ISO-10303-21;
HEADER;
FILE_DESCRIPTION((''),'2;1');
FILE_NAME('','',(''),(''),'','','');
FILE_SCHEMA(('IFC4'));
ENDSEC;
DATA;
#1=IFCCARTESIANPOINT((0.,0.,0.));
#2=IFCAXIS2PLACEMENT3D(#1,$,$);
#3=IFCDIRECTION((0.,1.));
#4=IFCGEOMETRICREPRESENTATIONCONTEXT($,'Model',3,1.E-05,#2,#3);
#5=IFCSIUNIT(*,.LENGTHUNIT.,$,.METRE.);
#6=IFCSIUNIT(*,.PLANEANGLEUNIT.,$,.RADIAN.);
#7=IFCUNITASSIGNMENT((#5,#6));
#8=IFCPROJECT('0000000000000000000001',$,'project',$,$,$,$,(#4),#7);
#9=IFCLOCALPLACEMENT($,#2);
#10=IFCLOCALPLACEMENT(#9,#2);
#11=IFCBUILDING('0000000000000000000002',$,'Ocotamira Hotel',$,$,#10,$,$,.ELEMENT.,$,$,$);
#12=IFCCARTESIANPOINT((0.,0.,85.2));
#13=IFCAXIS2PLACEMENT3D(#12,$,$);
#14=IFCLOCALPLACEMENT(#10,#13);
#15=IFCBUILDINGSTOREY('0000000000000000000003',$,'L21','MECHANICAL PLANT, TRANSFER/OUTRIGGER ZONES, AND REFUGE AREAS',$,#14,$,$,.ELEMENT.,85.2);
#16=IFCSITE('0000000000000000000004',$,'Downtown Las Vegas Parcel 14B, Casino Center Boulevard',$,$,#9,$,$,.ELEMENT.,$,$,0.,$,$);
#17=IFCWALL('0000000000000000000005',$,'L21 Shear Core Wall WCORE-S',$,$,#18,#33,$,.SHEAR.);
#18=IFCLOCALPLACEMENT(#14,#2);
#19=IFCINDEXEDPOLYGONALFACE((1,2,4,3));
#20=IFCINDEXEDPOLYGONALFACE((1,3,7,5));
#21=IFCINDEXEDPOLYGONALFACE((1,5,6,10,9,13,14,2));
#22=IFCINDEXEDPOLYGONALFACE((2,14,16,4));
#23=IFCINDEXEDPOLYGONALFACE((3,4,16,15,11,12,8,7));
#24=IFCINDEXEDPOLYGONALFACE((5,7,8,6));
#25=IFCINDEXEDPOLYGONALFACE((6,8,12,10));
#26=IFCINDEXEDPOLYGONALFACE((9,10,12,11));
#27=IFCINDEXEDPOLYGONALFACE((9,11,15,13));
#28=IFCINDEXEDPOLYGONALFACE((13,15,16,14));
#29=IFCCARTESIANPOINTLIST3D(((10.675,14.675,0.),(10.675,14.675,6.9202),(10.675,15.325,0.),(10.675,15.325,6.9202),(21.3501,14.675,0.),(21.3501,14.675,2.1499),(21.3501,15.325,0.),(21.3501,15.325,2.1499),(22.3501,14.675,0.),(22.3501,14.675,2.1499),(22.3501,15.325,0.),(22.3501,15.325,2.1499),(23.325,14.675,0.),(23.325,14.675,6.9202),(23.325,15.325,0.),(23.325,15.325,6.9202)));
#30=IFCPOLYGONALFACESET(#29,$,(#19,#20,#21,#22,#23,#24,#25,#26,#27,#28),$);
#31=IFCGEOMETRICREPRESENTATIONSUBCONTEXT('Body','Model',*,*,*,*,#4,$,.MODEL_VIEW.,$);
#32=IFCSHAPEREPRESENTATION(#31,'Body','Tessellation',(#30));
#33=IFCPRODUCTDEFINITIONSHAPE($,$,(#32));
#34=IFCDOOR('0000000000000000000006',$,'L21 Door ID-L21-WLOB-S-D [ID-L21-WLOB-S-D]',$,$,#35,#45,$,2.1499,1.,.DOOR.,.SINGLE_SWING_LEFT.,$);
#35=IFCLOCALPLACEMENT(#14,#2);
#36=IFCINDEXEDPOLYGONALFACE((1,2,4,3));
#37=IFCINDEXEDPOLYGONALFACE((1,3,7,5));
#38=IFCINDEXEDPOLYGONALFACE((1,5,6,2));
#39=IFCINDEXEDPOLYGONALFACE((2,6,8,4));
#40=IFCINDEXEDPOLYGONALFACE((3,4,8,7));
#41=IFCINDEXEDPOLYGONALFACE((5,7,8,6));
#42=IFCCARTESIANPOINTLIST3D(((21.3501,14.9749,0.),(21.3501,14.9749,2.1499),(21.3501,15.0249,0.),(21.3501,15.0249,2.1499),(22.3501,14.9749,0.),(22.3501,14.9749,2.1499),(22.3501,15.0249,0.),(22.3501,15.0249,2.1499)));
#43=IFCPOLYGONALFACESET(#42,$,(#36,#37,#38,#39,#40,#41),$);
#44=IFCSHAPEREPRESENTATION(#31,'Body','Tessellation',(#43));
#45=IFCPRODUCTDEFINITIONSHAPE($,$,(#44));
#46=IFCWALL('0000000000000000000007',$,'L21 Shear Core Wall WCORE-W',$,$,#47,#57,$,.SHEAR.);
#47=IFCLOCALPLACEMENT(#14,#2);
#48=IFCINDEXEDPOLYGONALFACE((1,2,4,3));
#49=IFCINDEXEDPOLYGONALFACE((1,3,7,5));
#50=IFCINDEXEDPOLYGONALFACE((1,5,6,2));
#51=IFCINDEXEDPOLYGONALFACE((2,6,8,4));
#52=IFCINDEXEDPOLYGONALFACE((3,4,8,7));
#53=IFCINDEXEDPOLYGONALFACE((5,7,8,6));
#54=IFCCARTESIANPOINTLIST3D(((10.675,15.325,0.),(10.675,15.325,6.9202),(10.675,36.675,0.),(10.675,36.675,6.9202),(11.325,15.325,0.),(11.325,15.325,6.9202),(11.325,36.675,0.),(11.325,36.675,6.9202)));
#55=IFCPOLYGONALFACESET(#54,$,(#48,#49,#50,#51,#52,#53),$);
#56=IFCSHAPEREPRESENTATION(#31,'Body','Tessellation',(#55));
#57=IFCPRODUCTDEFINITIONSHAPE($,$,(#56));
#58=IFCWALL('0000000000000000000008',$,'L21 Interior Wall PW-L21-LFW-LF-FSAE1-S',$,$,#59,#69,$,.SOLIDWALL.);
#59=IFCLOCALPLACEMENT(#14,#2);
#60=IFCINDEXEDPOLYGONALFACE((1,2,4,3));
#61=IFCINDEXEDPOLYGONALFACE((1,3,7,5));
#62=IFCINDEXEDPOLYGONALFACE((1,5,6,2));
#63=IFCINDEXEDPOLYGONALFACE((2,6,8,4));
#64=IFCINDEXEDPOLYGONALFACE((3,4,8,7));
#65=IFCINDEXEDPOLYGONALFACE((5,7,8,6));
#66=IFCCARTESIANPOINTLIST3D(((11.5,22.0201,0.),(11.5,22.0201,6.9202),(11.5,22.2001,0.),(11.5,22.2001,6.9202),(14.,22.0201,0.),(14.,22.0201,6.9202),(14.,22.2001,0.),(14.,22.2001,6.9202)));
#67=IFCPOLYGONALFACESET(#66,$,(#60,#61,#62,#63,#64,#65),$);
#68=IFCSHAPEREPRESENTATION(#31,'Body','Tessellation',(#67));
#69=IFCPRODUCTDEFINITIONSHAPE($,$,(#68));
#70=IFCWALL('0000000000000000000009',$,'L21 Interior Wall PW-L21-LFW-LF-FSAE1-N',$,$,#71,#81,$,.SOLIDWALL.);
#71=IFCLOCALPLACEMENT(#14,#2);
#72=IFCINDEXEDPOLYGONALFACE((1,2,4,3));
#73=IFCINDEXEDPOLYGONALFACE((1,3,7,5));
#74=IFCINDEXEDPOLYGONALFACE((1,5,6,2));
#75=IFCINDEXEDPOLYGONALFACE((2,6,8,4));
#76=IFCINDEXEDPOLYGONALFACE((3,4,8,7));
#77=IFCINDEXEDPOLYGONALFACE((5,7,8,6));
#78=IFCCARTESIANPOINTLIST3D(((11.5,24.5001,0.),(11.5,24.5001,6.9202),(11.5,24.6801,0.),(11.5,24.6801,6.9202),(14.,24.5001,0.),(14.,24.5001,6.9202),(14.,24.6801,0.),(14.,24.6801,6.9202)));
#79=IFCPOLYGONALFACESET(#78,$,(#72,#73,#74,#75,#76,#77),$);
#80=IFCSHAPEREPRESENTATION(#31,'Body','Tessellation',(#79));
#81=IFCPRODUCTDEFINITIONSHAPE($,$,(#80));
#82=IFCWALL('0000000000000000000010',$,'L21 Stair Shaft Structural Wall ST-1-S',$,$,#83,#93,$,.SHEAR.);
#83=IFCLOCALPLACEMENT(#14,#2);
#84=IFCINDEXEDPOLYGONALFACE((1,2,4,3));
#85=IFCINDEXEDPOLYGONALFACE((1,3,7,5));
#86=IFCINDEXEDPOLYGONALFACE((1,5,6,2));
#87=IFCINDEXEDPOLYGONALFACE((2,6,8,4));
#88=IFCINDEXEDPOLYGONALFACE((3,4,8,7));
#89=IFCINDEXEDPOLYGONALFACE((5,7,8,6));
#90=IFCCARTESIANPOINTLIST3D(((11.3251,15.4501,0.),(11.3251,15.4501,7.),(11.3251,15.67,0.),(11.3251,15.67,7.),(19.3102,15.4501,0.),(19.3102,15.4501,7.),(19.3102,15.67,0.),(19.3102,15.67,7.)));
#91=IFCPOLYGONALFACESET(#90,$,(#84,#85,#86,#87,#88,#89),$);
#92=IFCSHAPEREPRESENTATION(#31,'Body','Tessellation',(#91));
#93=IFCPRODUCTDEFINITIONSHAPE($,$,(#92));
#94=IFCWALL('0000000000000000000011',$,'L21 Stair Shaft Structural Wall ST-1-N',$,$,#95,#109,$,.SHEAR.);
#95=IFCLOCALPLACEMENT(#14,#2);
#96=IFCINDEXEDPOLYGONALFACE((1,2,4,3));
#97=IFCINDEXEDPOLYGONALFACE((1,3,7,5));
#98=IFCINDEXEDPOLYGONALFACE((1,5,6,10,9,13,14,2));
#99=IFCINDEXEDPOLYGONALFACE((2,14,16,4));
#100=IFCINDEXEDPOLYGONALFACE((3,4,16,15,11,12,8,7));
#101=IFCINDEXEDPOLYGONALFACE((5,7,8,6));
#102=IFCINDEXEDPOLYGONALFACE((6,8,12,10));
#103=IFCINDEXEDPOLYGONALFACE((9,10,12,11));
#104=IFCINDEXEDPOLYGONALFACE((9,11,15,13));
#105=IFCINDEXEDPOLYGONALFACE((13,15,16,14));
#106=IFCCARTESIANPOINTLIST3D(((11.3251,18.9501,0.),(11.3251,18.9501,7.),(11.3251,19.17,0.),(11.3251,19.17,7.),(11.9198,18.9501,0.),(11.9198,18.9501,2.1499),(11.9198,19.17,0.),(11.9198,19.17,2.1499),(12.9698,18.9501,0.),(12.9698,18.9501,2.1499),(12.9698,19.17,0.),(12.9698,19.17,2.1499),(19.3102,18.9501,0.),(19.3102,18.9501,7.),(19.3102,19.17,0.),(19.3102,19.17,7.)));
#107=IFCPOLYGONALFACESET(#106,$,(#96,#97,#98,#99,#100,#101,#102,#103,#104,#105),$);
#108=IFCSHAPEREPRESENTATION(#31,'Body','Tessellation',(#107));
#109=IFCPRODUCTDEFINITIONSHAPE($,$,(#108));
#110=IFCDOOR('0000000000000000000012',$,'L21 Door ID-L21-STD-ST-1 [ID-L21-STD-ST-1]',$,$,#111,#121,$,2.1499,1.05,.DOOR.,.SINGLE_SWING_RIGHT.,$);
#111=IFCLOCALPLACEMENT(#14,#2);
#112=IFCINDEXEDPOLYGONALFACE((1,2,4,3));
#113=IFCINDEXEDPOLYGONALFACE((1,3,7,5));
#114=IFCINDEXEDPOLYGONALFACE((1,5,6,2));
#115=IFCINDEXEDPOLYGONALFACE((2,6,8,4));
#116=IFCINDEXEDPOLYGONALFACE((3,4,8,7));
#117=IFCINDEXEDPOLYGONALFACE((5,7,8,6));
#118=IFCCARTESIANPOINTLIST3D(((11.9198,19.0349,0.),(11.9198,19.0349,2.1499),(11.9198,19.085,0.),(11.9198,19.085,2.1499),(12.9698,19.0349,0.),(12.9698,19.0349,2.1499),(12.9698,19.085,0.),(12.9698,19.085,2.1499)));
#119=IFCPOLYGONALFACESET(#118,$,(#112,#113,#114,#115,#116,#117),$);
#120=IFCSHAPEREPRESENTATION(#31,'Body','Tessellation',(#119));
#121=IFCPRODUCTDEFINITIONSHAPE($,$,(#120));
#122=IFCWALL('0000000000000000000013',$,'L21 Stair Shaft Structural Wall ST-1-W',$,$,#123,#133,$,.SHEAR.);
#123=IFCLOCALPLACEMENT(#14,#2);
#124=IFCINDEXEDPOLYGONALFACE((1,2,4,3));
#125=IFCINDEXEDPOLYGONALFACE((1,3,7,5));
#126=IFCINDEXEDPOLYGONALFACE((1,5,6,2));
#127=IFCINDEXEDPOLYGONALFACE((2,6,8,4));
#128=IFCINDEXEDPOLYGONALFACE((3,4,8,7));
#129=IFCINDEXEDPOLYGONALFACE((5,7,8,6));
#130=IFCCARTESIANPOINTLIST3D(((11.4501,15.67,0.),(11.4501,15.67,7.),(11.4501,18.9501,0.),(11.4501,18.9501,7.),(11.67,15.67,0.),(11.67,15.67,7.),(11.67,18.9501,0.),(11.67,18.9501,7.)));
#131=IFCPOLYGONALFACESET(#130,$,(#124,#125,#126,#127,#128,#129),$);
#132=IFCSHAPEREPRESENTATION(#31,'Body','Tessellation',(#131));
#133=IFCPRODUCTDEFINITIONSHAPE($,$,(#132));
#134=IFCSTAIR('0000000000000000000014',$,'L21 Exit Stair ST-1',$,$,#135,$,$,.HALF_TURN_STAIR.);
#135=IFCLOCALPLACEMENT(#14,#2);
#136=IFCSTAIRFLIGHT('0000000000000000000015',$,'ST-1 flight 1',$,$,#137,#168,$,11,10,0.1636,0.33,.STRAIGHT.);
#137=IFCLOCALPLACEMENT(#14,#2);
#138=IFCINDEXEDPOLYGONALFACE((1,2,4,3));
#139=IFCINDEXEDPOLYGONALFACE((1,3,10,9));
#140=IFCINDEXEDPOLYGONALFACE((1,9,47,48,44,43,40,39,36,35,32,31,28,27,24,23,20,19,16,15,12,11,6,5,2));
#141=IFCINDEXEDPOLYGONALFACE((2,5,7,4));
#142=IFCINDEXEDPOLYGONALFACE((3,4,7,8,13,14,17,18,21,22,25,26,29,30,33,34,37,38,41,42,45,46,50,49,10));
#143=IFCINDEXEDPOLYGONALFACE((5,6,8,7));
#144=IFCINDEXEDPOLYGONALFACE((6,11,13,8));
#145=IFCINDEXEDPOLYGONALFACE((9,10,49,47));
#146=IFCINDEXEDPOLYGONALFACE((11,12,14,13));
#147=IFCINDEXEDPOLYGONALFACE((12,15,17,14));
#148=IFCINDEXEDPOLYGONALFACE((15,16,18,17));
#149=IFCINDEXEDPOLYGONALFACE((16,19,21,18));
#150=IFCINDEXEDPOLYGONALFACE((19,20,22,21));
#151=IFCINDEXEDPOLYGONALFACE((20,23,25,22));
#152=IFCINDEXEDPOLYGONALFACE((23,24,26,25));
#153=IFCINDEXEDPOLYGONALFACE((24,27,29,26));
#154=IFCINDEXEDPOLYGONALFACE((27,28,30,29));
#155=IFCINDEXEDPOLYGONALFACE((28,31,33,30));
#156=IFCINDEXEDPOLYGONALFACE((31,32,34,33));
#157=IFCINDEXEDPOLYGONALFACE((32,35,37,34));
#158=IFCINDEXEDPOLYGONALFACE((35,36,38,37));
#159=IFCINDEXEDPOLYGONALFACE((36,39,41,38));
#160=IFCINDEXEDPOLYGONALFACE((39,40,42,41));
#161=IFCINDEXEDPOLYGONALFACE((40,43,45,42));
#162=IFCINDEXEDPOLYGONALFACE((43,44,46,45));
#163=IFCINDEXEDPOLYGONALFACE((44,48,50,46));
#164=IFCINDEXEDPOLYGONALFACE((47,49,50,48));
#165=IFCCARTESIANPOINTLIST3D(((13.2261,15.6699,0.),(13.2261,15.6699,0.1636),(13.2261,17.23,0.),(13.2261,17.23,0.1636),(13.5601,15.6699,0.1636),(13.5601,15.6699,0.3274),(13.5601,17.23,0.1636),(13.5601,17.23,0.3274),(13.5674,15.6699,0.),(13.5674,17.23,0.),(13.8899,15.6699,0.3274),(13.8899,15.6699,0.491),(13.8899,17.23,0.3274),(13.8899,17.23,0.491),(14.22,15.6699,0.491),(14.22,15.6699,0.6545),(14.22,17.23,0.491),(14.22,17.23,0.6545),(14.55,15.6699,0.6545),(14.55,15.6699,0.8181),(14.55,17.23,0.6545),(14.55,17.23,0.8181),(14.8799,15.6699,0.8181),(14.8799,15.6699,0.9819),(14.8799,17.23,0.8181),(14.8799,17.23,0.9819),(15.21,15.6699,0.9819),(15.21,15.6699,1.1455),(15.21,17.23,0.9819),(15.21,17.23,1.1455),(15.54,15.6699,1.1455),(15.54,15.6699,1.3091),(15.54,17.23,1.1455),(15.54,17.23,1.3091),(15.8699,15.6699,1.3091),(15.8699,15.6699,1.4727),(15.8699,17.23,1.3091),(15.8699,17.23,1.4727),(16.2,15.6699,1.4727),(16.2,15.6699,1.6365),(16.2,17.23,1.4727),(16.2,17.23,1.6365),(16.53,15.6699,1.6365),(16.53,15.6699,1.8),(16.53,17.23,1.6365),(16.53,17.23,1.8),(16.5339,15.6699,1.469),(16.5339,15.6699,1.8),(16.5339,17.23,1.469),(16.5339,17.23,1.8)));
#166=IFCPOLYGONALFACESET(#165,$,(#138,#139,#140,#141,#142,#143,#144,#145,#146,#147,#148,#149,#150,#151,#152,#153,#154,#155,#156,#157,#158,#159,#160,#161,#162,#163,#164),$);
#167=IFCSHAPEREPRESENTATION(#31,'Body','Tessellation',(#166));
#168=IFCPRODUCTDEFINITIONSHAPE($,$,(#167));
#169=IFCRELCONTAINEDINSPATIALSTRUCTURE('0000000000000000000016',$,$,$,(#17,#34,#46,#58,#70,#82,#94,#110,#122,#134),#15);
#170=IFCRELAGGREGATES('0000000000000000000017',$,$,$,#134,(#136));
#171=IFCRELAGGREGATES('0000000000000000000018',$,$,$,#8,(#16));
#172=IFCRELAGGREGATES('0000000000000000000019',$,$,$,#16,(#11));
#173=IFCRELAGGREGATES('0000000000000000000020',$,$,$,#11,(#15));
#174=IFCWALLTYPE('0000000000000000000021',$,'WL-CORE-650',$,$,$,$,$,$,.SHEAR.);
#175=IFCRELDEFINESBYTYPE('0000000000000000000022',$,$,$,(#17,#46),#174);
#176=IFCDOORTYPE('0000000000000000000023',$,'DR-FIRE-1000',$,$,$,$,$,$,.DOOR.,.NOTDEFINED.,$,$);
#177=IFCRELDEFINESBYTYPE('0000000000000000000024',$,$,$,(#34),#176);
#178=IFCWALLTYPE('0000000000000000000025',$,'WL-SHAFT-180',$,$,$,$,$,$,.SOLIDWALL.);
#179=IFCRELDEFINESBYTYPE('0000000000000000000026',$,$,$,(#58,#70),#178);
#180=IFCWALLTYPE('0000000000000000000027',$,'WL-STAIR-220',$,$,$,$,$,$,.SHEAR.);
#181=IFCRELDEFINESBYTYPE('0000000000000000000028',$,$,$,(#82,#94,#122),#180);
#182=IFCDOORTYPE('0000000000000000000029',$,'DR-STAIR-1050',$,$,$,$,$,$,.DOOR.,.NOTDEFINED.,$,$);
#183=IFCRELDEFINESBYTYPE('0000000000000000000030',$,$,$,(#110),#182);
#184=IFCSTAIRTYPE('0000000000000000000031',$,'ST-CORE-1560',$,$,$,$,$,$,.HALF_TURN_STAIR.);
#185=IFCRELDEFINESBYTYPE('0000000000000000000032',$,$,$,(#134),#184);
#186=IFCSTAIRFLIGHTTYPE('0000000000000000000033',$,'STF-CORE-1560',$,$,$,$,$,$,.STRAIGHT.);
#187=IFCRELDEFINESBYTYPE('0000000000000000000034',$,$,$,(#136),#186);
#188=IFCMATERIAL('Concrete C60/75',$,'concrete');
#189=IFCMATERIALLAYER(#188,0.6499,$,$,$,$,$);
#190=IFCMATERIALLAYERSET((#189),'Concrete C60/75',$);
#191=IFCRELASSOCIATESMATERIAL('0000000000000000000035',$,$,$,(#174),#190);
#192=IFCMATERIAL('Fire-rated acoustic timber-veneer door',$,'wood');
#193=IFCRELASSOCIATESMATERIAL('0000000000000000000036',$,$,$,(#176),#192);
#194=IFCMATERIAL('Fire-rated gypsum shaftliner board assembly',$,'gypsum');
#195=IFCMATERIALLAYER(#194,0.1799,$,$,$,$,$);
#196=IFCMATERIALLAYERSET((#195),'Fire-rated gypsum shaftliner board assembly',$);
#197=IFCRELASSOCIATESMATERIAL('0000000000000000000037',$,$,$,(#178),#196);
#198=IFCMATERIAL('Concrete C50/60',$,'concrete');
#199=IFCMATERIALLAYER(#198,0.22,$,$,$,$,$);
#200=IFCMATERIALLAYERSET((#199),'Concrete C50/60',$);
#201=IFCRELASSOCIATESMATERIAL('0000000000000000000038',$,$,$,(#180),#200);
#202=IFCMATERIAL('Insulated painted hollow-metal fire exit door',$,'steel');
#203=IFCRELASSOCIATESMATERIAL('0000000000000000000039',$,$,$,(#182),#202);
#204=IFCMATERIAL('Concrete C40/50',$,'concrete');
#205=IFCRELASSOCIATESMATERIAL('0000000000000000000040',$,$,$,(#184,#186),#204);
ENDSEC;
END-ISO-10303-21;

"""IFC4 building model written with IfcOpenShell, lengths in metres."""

from ifc_helpers import new_model, si_unit, direction, frame, frame_2d, origin, place, context, subcontext, project, spatial, polyline, rectangle, outline, extrude, source, transform, mapped, material, layer, layer_set, type_object, element, fill, aggregate, save


model = new_model("IFC4")

# Units and contexts
model_context = context("Model", 3, precision=1e-05, world=origin(), true_north=direction((0.0, 1.0)))
body_context = subcontext(model_context, "Body", "Model", "MODEL_VIEW")
ifc_project = project(units=[si_unit("LENGTHUNIT", "METRE"), si_unit("PLANEANGLEUNIT", "RADIAN")], contexts=[model_context])

# Site, building, storey
site_placement = place(None, origin())
site = spatial("IfcSite", under=ifc_project, at=site_placement, Name="Downtown Las Vegas Parcel 14B, Casino Center Boulevard", CompositionType="ELEMENT", RefElevation=0.0)
building_placement = place(site_placement, origin())
building = spatial("IfcBuilding", under=site, at=building_placement, Name="Ocotamira Hotel", CompositionType="ELEMENT")
storey_placement = place(building_placement, frame((0.0, 0.0, 85.2)))
storey = spatial("IfcBuildingStorey", under=building, at=storey_placement, Name="L21", Description="MECHANICAL PLANT, TRANSFER/OUTRIGGER ZONES, AND REFUGE AREAS", CompositionType="ELEMENT", Elevation=85.2)

# Shared definitions
ifc_material_1 = material(Name="Concrete C60/75", Category="concrete")

# Wall, opening, door
ifc_layer_1 = layer(ifc_material_1, 0.6499)
ifc_layer_set_1 = layer_set([ifc_layer_1], Name="Concrete C60/75")
wall_type_1 = type_object("IfcWallType", Name="WL-CORE-650", PredefinedType="SHEAR", material=ifc_layer_set_1)
wall_1_placement = place(storey_placement, frame((10.675, 15.0, 0.0), z_axis=(0.0, 0.0, 1.0), x_axis=(1.0, 0.0, 0.0)))
wall_1 = element("IfcWall", 1, at=wall_1_placement, inside=storey, type_object=wall_type_1, Name="L21 Shear Core Wall WCORE-S", PredefinedType="SHEAR", context=body_context, shape_type="SweptSolid", body=[
    extrude(rectangle(XDim=12.6499, YDim=0.6499, at=frame_2d((6.325, 0.0))), origin(), (0.0, 0.0, 1.0), 6.9202),
])
opening_1_placement = place(wall_1_placement, frame((10.675, 0.0, 0.0)))
opening_1 = element("IfcOpeningElement", 2, at=opening_1_placement, cuts=wall_1, PredefinedType="OPENING", context=body_context, shape_type="SweptSolid", body=[
    extrude(rectangle(XDim=1.0, YDim=2.1499, at=frame_2d((0.5, 1.075))), frame((0.0, 0.335, 0.0), z_axis=(0.0, -1.0, 0.0), x_axis=(1.0, 0.0, 0.0)), (0.0, 0.0, 1.0), 0.6699),
])
ifc_material_2 = material(Name="Fire-rated acoustic timber-veneer door", Category="wood")
door_type_1 = type_object("IfcDoorType", Name="DR-FIRE-1000", OperationType="NOTDEFINED", PredefinedType="DOOR", material=ifc_material_2)
shared_shape_1 = source(origin(), body_context, "Body", "SweptSolid", [
    extrude(rectangle(XDim=1.0, YDim=2.1499, at=frame_2d((0.5, 1.075))), frame((0.0, 0.0249, 0.0), z_axis=(0.0, -1.0, 0.0), x_axis=(1.0, 0.0, 0.0)), (0.0, 0.0, 1.0), 0.05),
])
door_1_placement = place(opening_1_placement, origin())
door_1 = element("IfcDoor", 3, at=door_1_placement, inside=storey, type_object=door_type_1, Name="L21 Door ID-L21-WLOB-S-D [ID-L21-WLOB-S-D]", OperationType="SINGLE_SWING_LEFT", OverallHeight=2.1499, OverallWidth=1.0, PredefinedType="DOOR", context=body_context, shape_type="MappedRepresentation", body=[
    mapped(shared_shape_1, transform((0.0, 0.0, 0.0), scale=1.0)),
])
fill(opening_1, door_1)

# Walls
wall_2_placement = place(storey_placement, frame((11.0, 15.325, 0.0), z_axis=(0.0, 0.0, 1.0), x_axis=(0.0, 1.0, 0.0)))
element("IfcWall", 4, at=wall_2_placement, inside=storey, type_object=wall_type_1, Name="L21 Shear Core Wall WCORE-W", PredefinedType="SHEAR", context=body_context, shape_type="SweptSolid", body=[
    extrude(rectangle(XDim=21.3501, YDim=0.6499, at=frame_2d((10.675, 0.0))), origin(), (0.0, 0.0, 1.0), 6.9202),
])
ifc_material_3 = material(Name="Fire-rated gypsum shaftliner board assembly", Category="gypsum")
ifc_layer_2 = layer(ifc_material_3, 0.1799)
ifc_layer_set_2 = layer_set([ifc_layer_2], Name="Fire-rated gypsum shaftliner board assembly")
wall_type_2 = type_object("IfcWallType", Name="WL-SHAFT-180", PredefinedType="SOLIDWALL", material=ifc_layer_set_2)
for number, where, z_axis, x_axis, name in (
    (5, (11.5, 22.1101, 0.0), (0.0, 0.0, 1.0), (1.0, 0.0, 0.0), "L21 Interior Wall PW-L21-LFW-LF-FSAE1-S"),
    (6, (11.5, 24.5901, 0.0), (0.0, 0.0, 1.0), (1.0, 0.0, 0.0), "L21 Interior Wall PW-L21-LFW-LF-FSAE1-N"),
):
    element("IfcWall", number, at=place(storey_placement, frame(where, z_axis=z_axis, x_axis=x_axis)), inside=storey, type_object=wall_type_2, Name=name, PredefinedType="SOLIDWALL", context=body_context, shape_type="SweptSolid", body=[
        extrude(rectangle(XDim=2.5, YDim=0.1799, at=frame_2d((1.25, 0.0))), origin(), (0.0, 0.0, 1.0), 6.9202),
    ])
ifc_material_4 = material(Name="Concrete C50/60", Category="concrete")
ifc_layer_3 = layer(ifc_material_4, 0.22)
ifc_layer_set_3 = layer_set([ifc_layer_3], Name="Concrete C50/60")
wall_type_3 = type_object("IfcWallType", Name="WL-STAIR-220", PredefinedType="SHEAR", material=ifc_layer_set_3)
wall_3_placement = place(storey_placement, frame((11.325, 15.5601, 0.0), z_axis=(0.0, 0.0, 1.0), x_axis=(1.0, 0.0, 0.0)))
element("IfcWall", 7, at=wall_3_placement, inside=storey, type_object=wall_type_3, Name="L21 Stair Shaft Structural Wall ST-1-S", PredefinedType="SHEAR", context=body_context, shape_type="SweptSolid", body=[
    extrude(rectangle(XDim=7.9851, YDim=0.22, at=frame_2d((3.9927, 0.0))), origin(), (0.0, 0.0, 1.0), 7.0),
])

# Wall, opening, door
wall_4_placement = place(storey_placement, frame((11.325, 19.0601, 0.0), z_axis=(0.0, 0.0, 1.0), x_axis=(1.0, 0.0, 0.0)))
wall_4 = element("IfcWall", 8, at=wall_4_placement, inside=storey, type_object=wall_type_3, Name="L21 Stair Shaft Structural Wall ST-1-N", PredefinedType="SHEAR", context=body_context, shape_type="SweptSolid", body=[
    extrude(rectangle(XDim=7.9851, YDim=0.22, at=frame_2d((3.9927, 0.0))), origin(), (0.0, 0.0, 1.0), 7.0),
])
opening_2_placement = place(wall_4_placement, frame((0.595, 0.0, 0.0)))
opening_2 = element("IfcOpeningElement", 9, at=opening_2_placement, cuts=wall_4, PredefinedType="OPENING", context=body_context, shape_type="SweptSolid", body=[
    extrude(rectangle(XDim=1.05, YDim=2.1499, at=frame_2d((0.5249, 1.075))), frame((0.0, 0.1201, 0.0), z_axis=(0.0, -1.0, 0.0), x_axis=(1.0, 0.0, 0.0)), (0.0, 0.0, 1.0), 0.24),
])
ifc_material_5 = material(Name="Insulated painted hollow-metal fire exit door", Category="steel")
door_type_2 = type_object("IfcDoorType", Name="DR-STAIR-1050", OperationType="NOTDEFINED", PredefinedType="DOOR", material=ifc_material_5)
shared_shape_2 = source(origin(), body_context, "Body", "SweptSolid", [
    extrude(rectangle(XDim=1.05, YDim=2.1499, at=frame_2d((0.5249, 1.075))), frame((0.0, 0.0249, 0.0), z_axis=(0.0, -1.0, 0.0), x_axis=(1.0, 0.0, 0.0)), (0.0, 0.0, 1.0), 0.05),
])
door_2_placement = place(opening_2_placement, origin())
door_2 = element("IfcDoor", 10, at=door_2_placement, inside=storey, type_object=door_type_2, Name="L21 Door ID-L21-STD-ST-1 [ID-L21-STD-ST-1]", OperationType="SINGLE_SWING_RIGHT", OverallHeight=2.1499, OverallWidth=1.05, PredefinedType="DOOR", context=body_context, shape_type="MappedRepresentation", body=[
    mapped(shared_shape_2, transform((0.0, 0.0, 0.0), scale=1.0)),
])
fill(opening_2, door_2)

# Wall
wall_5_placement = place(storey_placement, frame((11.5601, 15.6699, 0.0), z_axis=(0.0, 0.0, 1.0), x_axis=(0.0, 1.0, 0.0)))
element("IfcWall", 11, at=wall_5_placement, inside=storey, type_object=wall_type_3, Name="L21 Stair Shaft Structural Wall ST-1-W", PredefinedType="SHEAR", context=body_context, shape_type="SweptSolid", body=[
    extrude(rectangle(XDim=3.28, YDim=0.22, at=frame_2d((1.6401, 0.0))), origin(), (0.0, 0.0, 1.0), 7.0),
])

# Stair, stair flight
ifc_material_6 = material(Name="Concrete C40/50", Category="concrete")
stair_type = type_object("IfcStairType", Name="ST-CORE-1560", PredefinedType="HALF_TURN_STAIR", material=ifc_material_6)
stair_placement = place(storey_placement, origin())
stair = element("IfcStair", 12, at=stair_placement, inside=storey, type_object=stair_type, Name="L21 Exit Stair ST-1", PredefinedType="HALF_TURN_STAIR")
stair_flight_type = type_object("IfcStairFlightType", Name="STF-CORE-1560", PredefinedType="STRAIGHT", material=ifc_material_6)
shared_shape_3 = source(origin(), body_context, "Body", "SweptSolid", [
    extrude(outline(polyline([(-0.0039, 0.0), (-0.0039, 0.1636), (0.3301, 0.1636), (0.3301, 0.3274), (0.6599, 0.3274), (0.6599, 0.491), (0.99, 0.491), (0.99, 0.6545), (1.3201, 0.6545), (1.3201, 0.8181), (1.6499, 0.8181), (1.6499, 0.9819), (1.98, 0.9819), (1.98, 1.1455), (2.3101, 1.1455), (2.3101, 1.3091), (2.6399, 1.3091), (2.6399, 1.4727), (2.97, 1.4727), (2.97, 1.6365), (3.3, 1.6365), (3.3, 1.8), (3.304, 1.8), (3.304, 1.469), (0.3374, 0.0), (-0.0039, 0.0)])), frame((0.0, 0.78, 0.0), z_axis=(0.0, -1.0, 0.0), x_axis=(1.0, 0.0, 0.0)), (0.0, 0.0, 1.0), 1.5601),
])
stair_flight_1_placement = place(storey_placement, frame((13.23, 16.45, 0.0), z_axis=(0.0, 0.0, 1.0), x_axis=(1.0, 0.0, 0.0)))
stair_flight_1 = element("IfcStairFlight", 13, at=stair_flight_1_placement, type_object=stair_flight_type, Name="ST-1 flight 1", NumberOfRisers=11, NumberOfTreads=10, PredefinedType="STRAIGHT", RiserHeight=0.1636, TreadLength=0.33, context=body_context, shape_type="MappedRepresentation", body=[
    mapped(shared_shape_3, transform((0.0, 0.0, 0.0), scale=1.0)),
])
aggregate(stair, [stair_flight_1])

save(model, "model.ifc")
